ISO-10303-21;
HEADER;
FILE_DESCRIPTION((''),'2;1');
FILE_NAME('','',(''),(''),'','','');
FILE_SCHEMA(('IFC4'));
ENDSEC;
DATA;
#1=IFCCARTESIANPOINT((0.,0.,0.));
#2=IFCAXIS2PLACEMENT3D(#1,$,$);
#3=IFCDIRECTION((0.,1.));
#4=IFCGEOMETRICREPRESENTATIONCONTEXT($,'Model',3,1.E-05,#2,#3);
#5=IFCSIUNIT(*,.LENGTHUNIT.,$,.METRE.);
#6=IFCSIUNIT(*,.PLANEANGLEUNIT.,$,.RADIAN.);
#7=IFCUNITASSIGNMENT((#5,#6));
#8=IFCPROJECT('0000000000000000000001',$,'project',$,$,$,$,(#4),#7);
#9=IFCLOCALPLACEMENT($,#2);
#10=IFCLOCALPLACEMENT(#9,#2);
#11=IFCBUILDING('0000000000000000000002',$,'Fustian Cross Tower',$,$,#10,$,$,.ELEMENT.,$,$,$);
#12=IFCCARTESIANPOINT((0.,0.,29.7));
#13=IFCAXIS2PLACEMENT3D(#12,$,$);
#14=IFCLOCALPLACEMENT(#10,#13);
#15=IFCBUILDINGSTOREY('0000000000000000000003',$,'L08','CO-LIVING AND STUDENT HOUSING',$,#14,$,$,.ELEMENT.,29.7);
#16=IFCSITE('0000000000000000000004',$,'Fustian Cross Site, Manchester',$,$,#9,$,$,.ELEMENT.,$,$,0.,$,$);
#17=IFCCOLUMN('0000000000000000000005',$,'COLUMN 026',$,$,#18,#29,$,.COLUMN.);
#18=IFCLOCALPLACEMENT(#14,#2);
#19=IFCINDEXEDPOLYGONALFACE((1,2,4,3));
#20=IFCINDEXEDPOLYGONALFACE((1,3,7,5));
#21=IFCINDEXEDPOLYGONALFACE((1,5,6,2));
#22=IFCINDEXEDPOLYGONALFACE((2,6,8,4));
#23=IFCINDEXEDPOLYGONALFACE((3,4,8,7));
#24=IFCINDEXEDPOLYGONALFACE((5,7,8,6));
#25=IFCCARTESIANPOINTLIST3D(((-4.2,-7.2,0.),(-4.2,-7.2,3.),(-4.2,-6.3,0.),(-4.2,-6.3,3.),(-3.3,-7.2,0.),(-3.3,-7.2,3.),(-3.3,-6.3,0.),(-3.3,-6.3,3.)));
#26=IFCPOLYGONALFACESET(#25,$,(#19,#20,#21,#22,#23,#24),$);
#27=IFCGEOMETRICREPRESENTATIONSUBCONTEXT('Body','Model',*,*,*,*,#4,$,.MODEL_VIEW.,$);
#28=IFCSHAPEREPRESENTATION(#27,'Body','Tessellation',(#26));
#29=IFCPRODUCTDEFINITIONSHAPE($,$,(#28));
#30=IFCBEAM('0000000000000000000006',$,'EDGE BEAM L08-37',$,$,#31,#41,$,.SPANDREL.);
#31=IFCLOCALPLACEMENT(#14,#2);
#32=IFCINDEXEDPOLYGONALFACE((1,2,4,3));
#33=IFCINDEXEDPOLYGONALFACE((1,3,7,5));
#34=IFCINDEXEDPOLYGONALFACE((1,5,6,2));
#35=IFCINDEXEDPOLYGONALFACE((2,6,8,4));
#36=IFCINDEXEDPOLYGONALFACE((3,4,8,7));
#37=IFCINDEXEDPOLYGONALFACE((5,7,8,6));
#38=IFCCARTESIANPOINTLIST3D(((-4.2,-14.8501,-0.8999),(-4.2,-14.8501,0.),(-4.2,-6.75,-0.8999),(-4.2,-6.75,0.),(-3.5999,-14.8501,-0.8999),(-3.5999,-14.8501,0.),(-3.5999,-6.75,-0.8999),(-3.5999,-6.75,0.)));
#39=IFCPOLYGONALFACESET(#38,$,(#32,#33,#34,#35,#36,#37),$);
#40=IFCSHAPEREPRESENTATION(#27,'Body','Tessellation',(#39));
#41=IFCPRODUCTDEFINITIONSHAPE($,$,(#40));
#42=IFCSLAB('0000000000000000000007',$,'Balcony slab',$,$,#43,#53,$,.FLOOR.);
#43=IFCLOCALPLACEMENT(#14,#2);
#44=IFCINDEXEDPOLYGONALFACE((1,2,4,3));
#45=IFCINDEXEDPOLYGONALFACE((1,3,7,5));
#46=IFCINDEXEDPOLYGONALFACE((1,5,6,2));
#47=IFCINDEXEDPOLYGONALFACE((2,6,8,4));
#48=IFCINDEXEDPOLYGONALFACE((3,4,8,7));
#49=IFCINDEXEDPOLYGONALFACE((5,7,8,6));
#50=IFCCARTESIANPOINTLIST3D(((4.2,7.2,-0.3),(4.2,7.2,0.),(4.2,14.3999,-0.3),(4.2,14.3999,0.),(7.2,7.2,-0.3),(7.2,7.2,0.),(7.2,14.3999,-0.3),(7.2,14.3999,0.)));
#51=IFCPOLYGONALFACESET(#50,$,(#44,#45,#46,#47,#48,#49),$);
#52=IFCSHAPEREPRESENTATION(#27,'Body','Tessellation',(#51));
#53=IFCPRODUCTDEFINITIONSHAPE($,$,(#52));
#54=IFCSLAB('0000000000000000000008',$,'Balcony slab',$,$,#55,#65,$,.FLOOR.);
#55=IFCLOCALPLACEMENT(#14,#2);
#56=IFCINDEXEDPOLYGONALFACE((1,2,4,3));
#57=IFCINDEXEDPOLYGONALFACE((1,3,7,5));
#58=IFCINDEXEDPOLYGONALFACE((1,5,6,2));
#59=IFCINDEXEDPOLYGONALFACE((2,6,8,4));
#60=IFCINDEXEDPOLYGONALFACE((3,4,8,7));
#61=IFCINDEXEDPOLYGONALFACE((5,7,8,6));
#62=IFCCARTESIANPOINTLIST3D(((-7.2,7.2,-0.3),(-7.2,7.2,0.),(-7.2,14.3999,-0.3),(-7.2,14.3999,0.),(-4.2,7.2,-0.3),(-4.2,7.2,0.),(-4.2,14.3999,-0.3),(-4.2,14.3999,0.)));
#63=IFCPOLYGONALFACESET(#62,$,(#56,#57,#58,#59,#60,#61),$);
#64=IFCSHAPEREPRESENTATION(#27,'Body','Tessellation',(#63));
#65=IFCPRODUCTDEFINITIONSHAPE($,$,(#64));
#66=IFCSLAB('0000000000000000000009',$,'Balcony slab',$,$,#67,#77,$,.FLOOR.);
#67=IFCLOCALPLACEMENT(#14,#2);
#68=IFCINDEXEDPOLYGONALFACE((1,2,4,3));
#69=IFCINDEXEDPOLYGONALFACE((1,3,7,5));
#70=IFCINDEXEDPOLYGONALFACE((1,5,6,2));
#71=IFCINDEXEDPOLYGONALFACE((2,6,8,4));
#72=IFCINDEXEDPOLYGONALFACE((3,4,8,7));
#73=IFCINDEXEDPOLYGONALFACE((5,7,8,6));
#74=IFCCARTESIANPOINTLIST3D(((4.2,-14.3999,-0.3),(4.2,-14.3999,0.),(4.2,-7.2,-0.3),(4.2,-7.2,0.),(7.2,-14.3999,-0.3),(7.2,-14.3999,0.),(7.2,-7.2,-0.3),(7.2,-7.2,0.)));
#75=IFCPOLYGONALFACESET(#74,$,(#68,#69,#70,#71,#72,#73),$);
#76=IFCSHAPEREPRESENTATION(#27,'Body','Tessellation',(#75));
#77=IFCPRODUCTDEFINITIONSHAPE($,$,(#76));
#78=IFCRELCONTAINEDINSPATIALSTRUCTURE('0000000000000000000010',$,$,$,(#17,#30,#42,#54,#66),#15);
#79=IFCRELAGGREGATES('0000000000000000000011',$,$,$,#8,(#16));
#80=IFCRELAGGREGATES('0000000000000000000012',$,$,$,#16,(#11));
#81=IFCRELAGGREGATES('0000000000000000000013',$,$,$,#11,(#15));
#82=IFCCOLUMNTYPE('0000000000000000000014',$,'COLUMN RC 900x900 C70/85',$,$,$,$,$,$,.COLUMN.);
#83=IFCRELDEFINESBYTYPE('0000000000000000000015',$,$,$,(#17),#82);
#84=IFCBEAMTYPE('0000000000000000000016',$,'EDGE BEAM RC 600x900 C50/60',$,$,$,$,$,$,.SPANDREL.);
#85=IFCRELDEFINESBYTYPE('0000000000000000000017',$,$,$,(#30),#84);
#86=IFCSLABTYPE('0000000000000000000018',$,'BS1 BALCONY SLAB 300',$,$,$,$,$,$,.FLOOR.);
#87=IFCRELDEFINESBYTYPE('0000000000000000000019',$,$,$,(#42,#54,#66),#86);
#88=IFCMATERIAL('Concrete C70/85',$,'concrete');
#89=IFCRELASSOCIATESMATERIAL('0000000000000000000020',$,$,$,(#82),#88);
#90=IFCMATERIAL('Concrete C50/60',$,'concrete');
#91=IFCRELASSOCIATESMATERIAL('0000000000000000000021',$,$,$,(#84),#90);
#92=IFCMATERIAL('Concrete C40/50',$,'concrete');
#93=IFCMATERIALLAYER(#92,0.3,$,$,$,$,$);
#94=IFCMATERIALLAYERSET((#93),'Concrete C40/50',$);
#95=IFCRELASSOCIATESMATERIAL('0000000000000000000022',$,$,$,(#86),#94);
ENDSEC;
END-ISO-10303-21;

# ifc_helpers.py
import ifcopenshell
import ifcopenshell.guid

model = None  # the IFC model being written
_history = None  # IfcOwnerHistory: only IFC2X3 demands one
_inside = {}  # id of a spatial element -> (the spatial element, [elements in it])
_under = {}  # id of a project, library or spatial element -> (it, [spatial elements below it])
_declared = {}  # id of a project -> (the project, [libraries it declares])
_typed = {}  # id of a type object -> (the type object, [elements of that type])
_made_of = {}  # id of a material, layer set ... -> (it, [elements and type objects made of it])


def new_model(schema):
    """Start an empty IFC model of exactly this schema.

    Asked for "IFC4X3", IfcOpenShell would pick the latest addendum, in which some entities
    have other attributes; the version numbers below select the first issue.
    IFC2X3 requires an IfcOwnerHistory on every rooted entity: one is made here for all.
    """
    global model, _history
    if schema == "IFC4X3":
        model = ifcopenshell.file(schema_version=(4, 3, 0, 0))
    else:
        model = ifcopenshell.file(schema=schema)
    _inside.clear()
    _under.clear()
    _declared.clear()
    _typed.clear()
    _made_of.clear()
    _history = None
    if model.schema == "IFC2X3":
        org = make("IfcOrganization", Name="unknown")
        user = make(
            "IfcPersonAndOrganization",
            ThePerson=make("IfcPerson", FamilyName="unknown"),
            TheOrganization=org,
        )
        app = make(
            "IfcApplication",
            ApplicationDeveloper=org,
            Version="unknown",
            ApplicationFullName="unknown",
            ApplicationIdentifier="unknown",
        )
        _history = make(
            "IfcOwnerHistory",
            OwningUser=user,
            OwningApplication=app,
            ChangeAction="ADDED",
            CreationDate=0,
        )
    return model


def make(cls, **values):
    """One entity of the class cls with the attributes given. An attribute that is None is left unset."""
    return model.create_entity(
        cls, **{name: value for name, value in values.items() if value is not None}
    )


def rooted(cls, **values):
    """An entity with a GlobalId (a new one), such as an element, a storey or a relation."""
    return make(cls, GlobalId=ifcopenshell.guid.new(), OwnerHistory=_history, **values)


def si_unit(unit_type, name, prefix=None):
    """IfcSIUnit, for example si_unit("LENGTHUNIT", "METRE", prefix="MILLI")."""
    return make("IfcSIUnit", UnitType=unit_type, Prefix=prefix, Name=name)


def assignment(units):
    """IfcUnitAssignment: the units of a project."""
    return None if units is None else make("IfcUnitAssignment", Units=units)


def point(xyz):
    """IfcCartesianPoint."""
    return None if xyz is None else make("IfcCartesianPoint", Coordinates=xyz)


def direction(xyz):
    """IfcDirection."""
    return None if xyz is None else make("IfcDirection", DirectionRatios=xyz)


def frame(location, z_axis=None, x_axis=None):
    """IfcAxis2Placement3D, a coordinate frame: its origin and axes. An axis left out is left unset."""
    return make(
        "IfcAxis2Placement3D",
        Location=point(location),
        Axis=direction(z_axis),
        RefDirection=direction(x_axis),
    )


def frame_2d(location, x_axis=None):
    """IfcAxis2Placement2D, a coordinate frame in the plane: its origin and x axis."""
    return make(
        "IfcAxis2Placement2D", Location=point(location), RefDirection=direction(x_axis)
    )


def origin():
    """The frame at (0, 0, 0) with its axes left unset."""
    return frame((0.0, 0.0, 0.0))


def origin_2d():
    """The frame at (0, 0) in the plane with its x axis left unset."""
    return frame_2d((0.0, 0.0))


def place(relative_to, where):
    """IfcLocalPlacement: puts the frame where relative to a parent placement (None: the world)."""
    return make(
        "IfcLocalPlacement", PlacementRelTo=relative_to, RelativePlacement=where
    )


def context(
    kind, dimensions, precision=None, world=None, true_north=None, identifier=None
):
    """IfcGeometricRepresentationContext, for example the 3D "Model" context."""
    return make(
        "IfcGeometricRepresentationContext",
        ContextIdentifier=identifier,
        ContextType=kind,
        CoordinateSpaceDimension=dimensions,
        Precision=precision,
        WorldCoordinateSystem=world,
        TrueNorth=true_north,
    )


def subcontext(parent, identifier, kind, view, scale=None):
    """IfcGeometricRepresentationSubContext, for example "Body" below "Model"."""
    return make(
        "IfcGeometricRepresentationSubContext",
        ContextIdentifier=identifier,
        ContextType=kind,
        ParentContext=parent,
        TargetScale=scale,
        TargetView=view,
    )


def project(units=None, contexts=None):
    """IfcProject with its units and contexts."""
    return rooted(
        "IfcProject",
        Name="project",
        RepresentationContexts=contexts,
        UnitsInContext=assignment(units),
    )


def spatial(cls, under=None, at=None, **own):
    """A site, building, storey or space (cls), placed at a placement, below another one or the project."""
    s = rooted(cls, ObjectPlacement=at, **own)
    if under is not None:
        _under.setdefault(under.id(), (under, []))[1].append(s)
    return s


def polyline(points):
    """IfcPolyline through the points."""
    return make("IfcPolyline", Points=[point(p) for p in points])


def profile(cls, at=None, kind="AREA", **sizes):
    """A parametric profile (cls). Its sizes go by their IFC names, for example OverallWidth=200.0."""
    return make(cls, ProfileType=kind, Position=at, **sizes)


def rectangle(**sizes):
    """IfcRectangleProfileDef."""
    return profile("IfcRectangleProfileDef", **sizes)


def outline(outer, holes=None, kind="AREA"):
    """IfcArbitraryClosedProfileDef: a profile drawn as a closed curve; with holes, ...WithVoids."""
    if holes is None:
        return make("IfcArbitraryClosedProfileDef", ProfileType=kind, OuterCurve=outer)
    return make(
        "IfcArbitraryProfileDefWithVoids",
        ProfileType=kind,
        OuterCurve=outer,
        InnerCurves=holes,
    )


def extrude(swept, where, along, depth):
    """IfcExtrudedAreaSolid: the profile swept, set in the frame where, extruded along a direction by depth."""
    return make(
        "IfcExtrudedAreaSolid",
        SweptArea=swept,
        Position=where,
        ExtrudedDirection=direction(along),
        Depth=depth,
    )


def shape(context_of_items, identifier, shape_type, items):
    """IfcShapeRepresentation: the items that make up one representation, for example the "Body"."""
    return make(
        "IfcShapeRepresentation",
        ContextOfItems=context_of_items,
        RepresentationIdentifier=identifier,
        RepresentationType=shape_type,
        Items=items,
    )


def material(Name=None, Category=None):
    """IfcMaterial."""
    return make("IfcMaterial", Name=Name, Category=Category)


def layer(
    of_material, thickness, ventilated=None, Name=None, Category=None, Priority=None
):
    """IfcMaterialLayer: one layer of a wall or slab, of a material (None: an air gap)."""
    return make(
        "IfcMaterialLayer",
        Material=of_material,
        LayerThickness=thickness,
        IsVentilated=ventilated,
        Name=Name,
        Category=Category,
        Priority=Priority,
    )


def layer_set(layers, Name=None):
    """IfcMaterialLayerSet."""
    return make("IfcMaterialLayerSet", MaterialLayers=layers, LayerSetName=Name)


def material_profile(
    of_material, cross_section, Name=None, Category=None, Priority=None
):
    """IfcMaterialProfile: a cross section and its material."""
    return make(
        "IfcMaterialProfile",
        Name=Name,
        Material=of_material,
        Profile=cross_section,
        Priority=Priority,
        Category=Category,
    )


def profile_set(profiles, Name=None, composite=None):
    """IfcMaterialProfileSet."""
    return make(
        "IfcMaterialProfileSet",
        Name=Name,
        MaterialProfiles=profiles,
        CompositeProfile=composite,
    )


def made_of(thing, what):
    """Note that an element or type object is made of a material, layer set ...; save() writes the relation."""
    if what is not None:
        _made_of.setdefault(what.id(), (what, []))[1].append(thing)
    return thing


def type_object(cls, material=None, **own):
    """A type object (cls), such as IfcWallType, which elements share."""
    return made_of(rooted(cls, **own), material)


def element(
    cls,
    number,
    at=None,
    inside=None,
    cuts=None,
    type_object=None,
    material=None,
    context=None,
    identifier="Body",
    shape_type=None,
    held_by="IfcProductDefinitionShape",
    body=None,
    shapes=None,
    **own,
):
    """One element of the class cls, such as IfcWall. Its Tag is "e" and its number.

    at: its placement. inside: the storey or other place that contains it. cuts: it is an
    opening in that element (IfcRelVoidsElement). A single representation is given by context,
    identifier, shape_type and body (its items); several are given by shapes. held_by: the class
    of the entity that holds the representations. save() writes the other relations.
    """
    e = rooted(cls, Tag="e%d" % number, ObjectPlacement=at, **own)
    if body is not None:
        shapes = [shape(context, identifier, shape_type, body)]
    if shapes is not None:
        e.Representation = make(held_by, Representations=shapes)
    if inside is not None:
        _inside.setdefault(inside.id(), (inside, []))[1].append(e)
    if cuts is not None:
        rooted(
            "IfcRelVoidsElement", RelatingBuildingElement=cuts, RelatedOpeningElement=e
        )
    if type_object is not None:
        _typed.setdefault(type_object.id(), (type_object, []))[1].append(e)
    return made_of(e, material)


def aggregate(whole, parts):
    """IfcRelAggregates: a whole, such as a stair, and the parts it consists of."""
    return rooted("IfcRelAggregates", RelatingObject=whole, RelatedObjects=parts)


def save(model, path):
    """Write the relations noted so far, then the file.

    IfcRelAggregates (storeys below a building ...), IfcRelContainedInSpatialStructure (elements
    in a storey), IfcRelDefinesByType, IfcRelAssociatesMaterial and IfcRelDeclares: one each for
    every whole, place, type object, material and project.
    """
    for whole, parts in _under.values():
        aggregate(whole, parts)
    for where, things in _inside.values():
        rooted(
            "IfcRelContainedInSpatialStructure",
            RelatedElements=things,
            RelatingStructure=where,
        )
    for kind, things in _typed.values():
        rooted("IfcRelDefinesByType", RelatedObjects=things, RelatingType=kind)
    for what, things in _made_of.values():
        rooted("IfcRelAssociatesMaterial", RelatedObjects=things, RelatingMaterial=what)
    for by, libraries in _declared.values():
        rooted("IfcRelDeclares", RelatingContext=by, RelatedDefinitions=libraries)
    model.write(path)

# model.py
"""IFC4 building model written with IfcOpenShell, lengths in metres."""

from ifc_helpers import new_model, si_unit, direction, frame, origin, origin_2d, place, context, subcontext, project, spatial, polyline, rectangle, outline, extrude, material, layer, layer_set, material_profile, profile_set, type_object, element, save


model = new_model("IFC4")

# Units and contexts
model_context = context("Model", 3, precision=1e-05, world=origin(), true_north=direction((0.0, 1.0)))
body_context = subcontext(model_context, "Body", "Model", "MODEL_VIEW")
ifc_project = project(units=[si_unit("LENGTHUNIT", "METRE"), si_unit("PLANEANGLEUNIT", "RADIAN")], contexts=[model_context])

# Site, building, storey
site_placement = place(None, origin())
site = spatial("IfcSite", under=ifc_project, at=site_placement, Name="Fustian Cross Site, Manchester", CompositionType="ELEMENT", RefElevation=0.0)
building_placement = place(site_placement, origin())
building = spatial("IfcBuilding", under=site, at=building_placement, Name="Fustian Cross Tower", CompositionType="ELEMENT")
storey_placement = place(building_placement, frame((0.0, 0.0, 29.7)))
storey = spatial("IfcBuildingStorey", under=building, at=storey_placement, Name="L08", Description="CO-LIVING AND STUDENT HOUSING", CompositionType="ELEMENT", Elevation=29.7)

# Column
ifc_material_1 = material(Name="Concrete C70/85", Category="concrete")
ifc_material_profile_1 = material_profile(ifc_material_1, rectangle(XDim=0.8999, YDim=0.8999, at=origin_2d()), Name="RC 900x900")
ifc_profile_set_1 = profile_set([ifc_material_profile_1], Name="Concrete C70/85")
column_type = type_object("IfcColumnType", Name="COLUMN RC 900x900 C70/85", PredefinedType="COLUMN", material=ifc_profile_set_1)
column_placement = place(storey_placement, frame((-3.75, -6.75, 0.0), z_axis=(0.0, 0.0, 1.0), x_axis=(1.0, 0.0, 0.0)))
element("IfcColumn", 1, at=column_placement, inside=storey, type_object=column_type, Name="COLUMN 026", PredefinedType="COLUMN", context=body_context, shape_type="SweptSolid", body=[
    extrude(rectangle(XDim=0.8999, YDim=0.8999, at=origin_2d()), origin(), (0.0, 0.0, 1.0), 3.0),
])

# Beam
ifc_material_2 = material(Name="Concrete C50/60", Category="concrete")
ifc_material_profile_2 = material_profile(ifc_material_2, rectangle(XDim=0.6001, YDim=0.8999, at=origin_2d()), Name="RC 600x900")
ifc_profile_set_2 = profile_set([ifc_material_profile_2], Name="Concrete C50/60")
beam_type = type_object("IfcBeamType", Name="EDGE BEAM RC 600x900 C50/60", PredefinedType="SPANDREL", material=ifc_profile_set_2)
beam_placement = place(storey_placement, frame((-3.8999, -6.75, -0.45), z_axis=(0.0, -1.0, 0.0), x_axis=(1.0, 0.0, 0.0)))
element("IfcBeam", 2, at=beam_placement, inside=storey, type_object=beam_type, Name="EDGE BEAM L08-37", PredefinedType="SPANDREL", context=body_context, shape_type="SweptSolid", body=[
    extrude(rectangle(XDim=0.6001, YDim=0.8999, at=origin_2d()), origin(), (0.0, 0.0, 1.0), 8.1001),
])

# Slabs
ifc_material_3 = material(Name="Concrete C40/50", Category="concrete")
ifc_layer_1 = layer(ifc_material_3, 0.3)
ifc_layer_set_1 = layer_set([ifc_layer_1], Name="Concrete C40/50")
slab_type_1 = type_object("IfcSlabType", Name="BS1 BALCONY SLAB 300", PredefinedType="FLOOR", material=ifc_layer_set_1)
slab_1_placement = place(storey_placement, frame((0.0, 0.0, -0.3)))
element("IfcSlab", 3, at=slab_1_placement, inside=storey, type_object=slab_type_1, Name="Balcony slab", PredefinedType="FLOOR", context=body_context, shape_type="SweptSolid", body=[
    extrude(outline(polyline([(4.2, 7.2), (7.2, 7.2), (7.2, 14.3999), (4.2, 14.3999), (4.2, 7.2)])), origin(), (0.0, 0.0, 1.0), 0.3),
])
slab_2_placement = place(storey_placement, frame((0.0, 0.0, -0.3)))
element("IfcSlab", 4, at=slab_2_placement, inside=storey, type_object=slab_type_1, Name="Balcony slab", PredefinedType="FLOOR", context=body_context, shape_type="SweptSolid", body=[
    extrude(outline(polyline([(-7.2, 7.2), (-4.2, 7.2), (-4.2, 14.3999), (-7.2, 14.3999), (-7.2, 7.2)])), origin(), (0.0, 0.0, 1.0), 0.3),
])
slab_3_placement = place(storey_placement, frame((0.0, 0.0, -0.3)))
element("IfcSlab", 5, at=slab_3_placement, inside=storey, type_object=slab_type_1, Name="Balcony slab", PredefinedType="FLOOR", context=body_context, shape_type="SweptSolid", body=[
    extrude(outline(polyline([(4.2, -14.3999), (7.2, -14.3999), (7.2, -7.2), (4.2, -7.2), (4.2, -14.3999)])), origin(), (0.0, 0.0, 1.0), 0.3),
])

save(model, "model.ifc")
